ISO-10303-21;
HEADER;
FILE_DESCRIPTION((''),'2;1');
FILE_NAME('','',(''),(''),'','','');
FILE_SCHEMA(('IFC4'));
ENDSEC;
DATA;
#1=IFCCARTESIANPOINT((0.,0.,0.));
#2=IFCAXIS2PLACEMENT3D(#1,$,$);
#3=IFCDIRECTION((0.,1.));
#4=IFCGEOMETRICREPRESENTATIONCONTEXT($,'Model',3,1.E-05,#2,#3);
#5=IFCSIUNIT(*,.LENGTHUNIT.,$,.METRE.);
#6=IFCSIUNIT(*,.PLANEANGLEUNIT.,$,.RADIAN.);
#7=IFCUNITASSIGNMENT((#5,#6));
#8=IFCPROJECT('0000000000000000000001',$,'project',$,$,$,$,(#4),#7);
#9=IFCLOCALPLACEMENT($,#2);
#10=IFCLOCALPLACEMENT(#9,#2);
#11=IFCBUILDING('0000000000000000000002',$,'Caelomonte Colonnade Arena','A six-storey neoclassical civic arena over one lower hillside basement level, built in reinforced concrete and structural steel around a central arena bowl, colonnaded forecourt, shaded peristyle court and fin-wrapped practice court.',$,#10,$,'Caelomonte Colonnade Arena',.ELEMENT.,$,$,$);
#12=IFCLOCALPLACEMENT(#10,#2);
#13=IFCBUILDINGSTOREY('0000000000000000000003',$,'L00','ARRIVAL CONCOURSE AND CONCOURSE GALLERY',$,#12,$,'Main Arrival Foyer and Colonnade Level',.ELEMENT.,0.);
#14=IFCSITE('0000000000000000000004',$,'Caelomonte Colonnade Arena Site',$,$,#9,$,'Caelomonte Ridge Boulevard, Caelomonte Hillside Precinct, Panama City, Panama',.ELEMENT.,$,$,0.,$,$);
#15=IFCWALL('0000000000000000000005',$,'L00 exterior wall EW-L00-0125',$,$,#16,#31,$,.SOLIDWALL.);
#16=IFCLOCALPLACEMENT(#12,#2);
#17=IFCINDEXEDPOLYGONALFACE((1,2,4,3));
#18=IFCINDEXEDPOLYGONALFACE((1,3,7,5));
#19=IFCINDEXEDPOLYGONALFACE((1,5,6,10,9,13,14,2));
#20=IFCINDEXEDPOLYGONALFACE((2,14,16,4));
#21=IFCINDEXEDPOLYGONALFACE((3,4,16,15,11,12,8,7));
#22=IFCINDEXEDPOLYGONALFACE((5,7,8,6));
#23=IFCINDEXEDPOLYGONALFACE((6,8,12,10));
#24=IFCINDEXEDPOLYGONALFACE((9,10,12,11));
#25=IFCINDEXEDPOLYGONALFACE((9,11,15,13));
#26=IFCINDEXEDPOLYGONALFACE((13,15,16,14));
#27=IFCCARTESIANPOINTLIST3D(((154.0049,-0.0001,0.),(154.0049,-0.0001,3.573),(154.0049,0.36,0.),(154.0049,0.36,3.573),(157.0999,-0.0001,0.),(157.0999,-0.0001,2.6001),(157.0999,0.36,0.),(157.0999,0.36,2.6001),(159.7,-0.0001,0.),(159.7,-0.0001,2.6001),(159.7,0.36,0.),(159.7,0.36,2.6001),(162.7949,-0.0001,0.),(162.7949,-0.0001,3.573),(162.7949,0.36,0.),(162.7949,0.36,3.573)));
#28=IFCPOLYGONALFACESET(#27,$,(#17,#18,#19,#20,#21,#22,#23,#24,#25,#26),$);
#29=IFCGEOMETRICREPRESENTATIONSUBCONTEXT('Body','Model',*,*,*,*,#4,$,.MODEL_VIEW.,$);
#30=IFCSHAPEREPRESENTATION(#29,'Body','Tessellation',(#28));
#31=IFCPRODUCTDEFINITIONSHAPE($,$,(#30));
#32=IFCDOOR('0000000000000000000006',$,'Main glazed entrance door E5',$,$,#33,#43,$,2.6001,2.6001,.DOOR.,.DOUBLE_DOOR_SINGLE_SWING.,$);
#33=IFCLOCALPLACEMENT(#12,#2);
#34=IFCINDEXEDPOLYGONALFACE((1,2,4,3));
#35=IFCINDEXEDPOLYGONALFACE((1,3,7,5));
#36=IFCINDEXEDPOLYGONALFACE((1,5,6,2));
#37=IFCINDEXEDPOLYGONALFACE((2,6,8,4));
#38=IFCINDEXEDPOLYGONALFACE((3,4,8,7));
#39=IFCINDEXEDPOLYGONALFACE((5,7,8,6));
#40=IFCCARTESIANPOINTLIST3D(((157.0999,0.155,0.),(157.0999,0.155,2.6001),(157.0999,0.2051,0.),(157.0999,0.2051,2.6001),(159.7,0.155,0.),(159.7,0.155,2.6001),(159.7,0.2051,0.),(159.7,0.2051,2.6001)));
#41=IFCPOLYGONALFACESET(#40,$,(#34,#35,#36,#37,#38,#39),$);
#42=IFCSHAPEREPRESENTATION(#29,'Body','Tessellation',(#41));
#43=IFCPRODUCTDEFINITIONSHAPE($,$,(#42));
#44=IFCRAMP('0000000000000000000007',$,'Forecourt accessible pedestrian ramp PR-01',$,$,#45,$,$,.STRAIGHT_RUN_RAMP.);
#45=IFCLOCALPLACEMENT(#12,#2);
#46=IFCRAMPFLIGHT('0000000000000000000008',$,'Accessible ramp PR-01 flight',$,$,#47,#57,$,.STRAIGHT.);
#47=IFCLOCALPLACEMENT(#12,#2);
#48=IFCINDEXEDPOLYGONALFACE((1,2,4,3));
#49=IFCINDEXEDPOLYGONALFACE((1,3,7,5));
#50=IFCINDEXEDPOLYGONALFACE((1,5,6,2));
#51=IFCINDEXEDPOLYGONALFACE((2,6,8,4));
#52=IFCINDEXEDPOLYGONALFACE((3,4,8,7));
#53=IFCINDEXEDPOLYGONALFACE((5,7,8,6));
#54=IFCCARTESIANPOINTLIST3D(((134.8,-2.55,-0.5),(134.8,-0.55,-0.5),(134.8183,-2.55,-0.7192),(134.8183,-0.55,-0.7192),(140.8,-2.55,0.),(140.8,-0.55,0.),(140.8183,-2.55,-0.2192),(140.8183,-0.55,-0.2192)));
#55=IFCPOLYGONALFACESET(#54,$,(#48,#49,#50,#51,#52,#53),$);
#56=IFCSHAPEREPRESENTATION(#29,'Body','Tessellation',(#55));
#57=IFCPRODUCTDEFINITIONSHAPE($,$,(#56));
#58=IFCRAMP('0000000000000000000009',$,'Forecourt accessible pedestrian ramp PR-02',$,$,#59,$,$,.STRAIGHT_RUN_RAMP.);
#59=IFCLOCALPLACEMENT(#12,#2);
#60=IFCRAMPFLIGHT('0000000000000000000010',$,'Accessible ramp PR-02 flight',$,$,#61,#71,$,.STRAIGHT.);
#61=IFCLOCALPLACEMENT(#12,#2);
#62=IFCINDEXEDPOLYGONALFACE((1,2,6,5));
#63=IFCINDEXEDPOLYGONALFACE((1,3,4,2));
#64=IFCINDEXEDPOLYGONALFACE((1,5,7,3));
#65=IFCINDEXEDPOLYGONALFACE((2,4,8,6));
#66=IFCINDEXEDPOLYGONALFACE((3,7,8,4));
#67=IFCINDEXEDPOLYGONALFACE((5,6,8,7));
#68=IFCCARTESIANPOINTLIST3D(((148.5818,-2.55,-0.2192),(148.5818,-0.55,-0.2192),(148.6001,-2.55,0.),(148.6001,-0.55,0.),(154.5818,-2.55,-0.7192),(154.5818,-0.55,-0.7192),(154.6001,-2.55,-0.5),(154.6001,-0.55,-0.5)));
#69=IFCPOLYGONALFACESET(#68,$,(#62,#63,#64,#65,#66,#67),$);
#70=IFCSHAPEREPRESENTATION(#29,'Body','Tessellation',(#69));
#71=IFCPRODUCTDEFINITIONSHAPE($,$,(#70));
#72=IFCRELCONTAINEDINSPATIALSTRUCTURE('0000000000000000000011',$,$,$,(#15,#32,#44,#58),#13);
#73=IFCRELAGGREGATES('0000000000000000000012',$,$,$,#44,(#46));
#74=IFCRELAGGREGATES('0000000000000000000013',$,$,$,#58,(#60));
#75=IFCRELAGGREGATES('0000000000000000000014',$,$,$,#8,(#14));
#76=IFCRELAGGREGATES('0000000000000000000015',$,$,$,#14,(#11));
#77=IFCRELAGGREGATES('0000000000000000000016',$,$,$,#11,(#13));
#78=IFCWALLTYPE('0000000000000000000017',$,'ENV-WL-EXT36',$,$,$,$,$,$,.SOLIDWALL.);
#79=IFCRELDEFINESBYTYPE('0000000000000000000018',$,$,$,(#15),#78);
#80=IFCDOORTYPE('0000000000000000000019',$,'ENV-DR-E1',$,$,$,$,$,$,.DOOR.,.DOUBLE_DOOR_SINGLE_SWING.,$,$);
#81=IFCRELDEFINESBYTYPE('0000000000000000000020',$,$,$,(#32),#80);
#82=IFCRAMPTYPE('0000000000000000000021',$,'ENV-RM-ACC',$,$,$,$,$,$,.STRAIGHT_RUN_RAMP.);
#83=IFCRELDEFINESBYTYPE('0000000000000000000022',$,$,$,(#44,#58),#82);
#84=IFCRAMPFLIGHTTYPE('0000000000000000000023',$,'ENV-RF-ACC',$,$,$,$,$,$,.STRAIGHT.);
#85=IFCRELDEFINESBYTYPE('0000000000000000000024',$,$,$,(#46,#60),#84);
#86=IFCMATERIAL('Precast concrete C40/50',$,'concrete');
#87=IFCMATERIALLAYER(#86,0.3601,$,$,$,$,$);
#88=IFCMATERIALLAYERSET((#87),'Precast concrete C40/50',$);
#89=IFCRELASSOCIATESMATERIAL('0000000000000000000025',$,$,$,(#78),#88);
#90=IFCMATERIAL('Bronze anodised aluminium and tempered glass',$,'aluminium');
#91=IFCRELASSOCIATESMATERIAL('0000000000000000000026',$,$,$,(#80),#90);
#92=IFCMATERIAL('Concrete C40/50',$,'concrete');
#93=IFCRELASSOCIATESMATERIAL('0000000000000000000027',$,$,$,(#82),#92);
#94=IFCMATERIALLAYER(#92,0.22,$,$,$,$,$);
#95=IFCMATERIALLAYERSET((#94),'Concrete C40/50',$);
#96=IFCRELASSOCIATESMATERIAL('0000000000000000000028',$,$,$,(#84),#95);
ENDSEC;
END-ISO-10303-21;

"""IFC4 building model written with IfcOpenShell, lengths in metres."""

from ifc_helpers import new_model, si_unit, direction, frame, frame_2d, origin, place, context, subcontext, project, spatial, polyline, rectangle, outline, extrude, material, layer, layer_set, type_object, element, fill, aggregate, save


model = new_model("IFC4")

# Units and contexts
model_context = context("Model", 3, precision=1e-05, world=origin(), true_north=direction((0.0, 1.0)))
body_context = subcontext(model_context, "Body", "Model", "MODEL_VIEW")
ifc_project = project(units=[si_unit("LENGTHUNIT", "METRE"), si_unit("PLANEANGLEUNIT", "RADIAN")], contexts=[model_context])

# Site, building, storey
site_placement = place(None, origin())
site = spatial("IfcSite", under=ifc_project, at=site_placement, Name="Caelomonte Colonnade Arena Site", LongName="Caelomonte Ridge Boulevard, Caelomonte Hillside Precinct, Panama City, Panama", CompositionType="ELEMENT", RefElevation=0.0)
building_placement = place(site_placement, origin())
building = spatial("IfcBuilding", under=site, at=building_placement, Name="Caelomonte Colonnade Arena", Description="A six-storey neoclassical civic arena over one lower hillside basement level, built in reinforced concrete and structural steel around a central arena bowl, colonnaded forecourt, shaded peristyle court and fin-wrapped practice court.", LongName="Caelomonte Colonnade Arena", CompositionType="ELEMENT")
storey_placement = place(building_placement, origin())
storey = spatial("IfcBuildingStorey", under=building, at=storey_placement, Name="L00", Description="ARRIVAL CONCOURSE AND CONCOURSE GALLERY", LongName="Main Arrival Foyer and Colonnade Level", CompositionType="ELEMENT", Elevation=0.0)

# Shared definitions
ifc_material_1 = material(Name="Concrete C40/50", Category="concrete")

# Wall, opening, door
ifc_material_2 = material(Name="Precast concrete C40/50", Category="concrete")
ifc_layer_1 = layer(ifc_material_2, 0.3601)
ifc_layer_set_1 = layer_set([ifc_layer_1], Name="Precast concrete C40/50")
wall_type = type_object("IfcWallType", Name="ENV-WL-EXT36", PredefinedType="SOLIDWALL", material=ifc_layer_set_1)
ifc_material_3 = material(Name="Bronze anodised aluminium and tempered glass", Category="aluminium")
door_type_1 = type_object("IfcDoorType", Name="ENV-DR-E1", OperationType="DOUBLE_DOOR_SINGLE_SWING", PredefinedType="DOOR", material=ifc_material_3)
wall_1_placement = place(storey_placement, frame((154.0049, 0.1799, 0.0), z_axis=(0.0, 0.0, 1.0), x_axis=(1.0, 0.0, 0.0)))
wall_1 = element("IfcWall", 1, at=wall_1_placement, inside=storey, type_object=wall_type, Name="L00 exterior wall EW-L00-0125", PredefinedType="SOLIDWALL", context=body_context, shape_type="SweptSolid", body=[
    extrude(rectangle(XDim=8.79, YDim=0.3601, at=frame_2d((4.395, 0.0))), origin(), (0.0, 0.0, 1.0), 3.573),
])
opening_1_placement = place(wall_1_placement, frame((5.6951, 0.0, 0.0), z_axis=(0.0, 0.0, 1.0), x_axis=(-1.0, 0.0, 0.0)))
opening_1 = element("IfcOpeningElement", 2, at=opening_1_placement, cuts=wall_1, PredefinedType="OPENING", context=body_context, shape_type="SweptSolid", body=[
    extrude(rectangle(XDim=2.6001, YDim=2.6001, at=frame_2d((1.3, 1.3))), frame((0.0, 0.1899, 0.0), z_axis=(0.0, -1.0, 0.0), x_axis=(1.0, 0.0, 0.0)), (0.0, 0.0, 1.0), 0.3801),
])
door_1_placement = place(opening_1_placement, origin())
door_1 = element("IfcDoor", 3, at=door_1_placement, inside=storey, type_object=door_type_1, Name="Main glazed entrance door E5", OperationType="DOUBLE_DOOR_SINGLE_SWING", OverallHeight=2.6001, OverallWidth=2.6001, PredefinedType="DOOR", context=body_context, shape_type="SweptSolid", body=[
    extrude(rectangle(XDim=2.6001, YDim=2.6001, at=frame_2d((1.3, 1.3))), frame((0.0, 0.0249, 0.0), z_axis=(0.0, -1.0, 0.0), x_axis=(1.0, 0.0, 0.0)), (0.0, 0.0, 1.0), 0.05),
])
fill(opening_1, door_1)

# Ramps, ramp flights
ramp_type = type_object("IfcRampType", Name="ENV-RM-ACC", PredefinedType="STRAIGHT_RUN_RAMP", material=ifc_material_1)
ramp_1_placement = place(storey_placement, origin())
ramp_1 = element("IfcRamp", 4, at=ramp_1_placement, inside=storey, type_object=ramp_type, Name="Forecourt accessible pedestrian ramp PR-01", PredefinedType="STRAIGHT_RUN_RAMP")
ifc_layer_2 = layer(ifc_material_1, 0.22)
ifc_layer_set_2 = layer_set([ifc_layer_2], Name="Concrete C40/50")
ramp_flight_type = type_object("IfcRampFlightType", Name="ENV-RF-ACC", PredefinedType="STRAIGHT", material=ifc_layer_set_2)
ramp_flight_1_placement = place(storey_placement, frame((134.8, -2.55, -0.5), z_axis=(-0.083045, 0.0, 0.996546), x_axis=(0.996546, 0.0, 0.083045)))
ramp_flight_1 = element("IfcRampFlight", 5, at=ramp_flight_1_placement, type_object=ramp_flight_type, Name="Accessible ramp PR-01 flight", PredefinedType="STRAIGHT", context=body_context, shape_type="SweptSolid", body=[
    extrude(outline(polyline([(0.0, 0.0), (6.0208, 0.0), (6.0208, 2.0), (0.0, 2.0), (0.0, 0.0)])), origin(), (0.0, 0.0, -1.0), 0.22),
])
aggregate(ramp_1, [ramp_flight_1])
ramp_2_placement = place(storey_placement, origin())
ramp_2 = element("IfcRamp", 6, at=ramp_2_placement, inside=storey, type_object=ramp_type, Name="Forecourt accessible pedestrian ramp PR-02", PredefinedType="STRAIGHT_RUN_RAMP")
ramp_flight_2_placement = place(storey_placement, frame((148.6001, -2.55, 0.0), z_axis=(0.083045, 0.0, 0.996546), x_axis=(0.996546, 0.0, -0.083045)))
ramp_flight_2 = element("IfcRampFlight", 7, at=ramp_flight_2_placement, type_object=ramp_flight_type, Name="Accessible ramp PR-02 flight", PredefinedType="STRAIGHT", context=body_context, shape_type="SweptSolid", body=[
    extrude(outline(polyline([(0.0, 0.0), (6.0208, 0.0), (6.0208, 2.0), (0.0, 2.0), (0.0, 0.0)])), origin(), (0.0, 0.0, -1.0), 0.22),
])
aggregate(ramp_2, [ramp_flight_2])

save(model, "model.ifc")
